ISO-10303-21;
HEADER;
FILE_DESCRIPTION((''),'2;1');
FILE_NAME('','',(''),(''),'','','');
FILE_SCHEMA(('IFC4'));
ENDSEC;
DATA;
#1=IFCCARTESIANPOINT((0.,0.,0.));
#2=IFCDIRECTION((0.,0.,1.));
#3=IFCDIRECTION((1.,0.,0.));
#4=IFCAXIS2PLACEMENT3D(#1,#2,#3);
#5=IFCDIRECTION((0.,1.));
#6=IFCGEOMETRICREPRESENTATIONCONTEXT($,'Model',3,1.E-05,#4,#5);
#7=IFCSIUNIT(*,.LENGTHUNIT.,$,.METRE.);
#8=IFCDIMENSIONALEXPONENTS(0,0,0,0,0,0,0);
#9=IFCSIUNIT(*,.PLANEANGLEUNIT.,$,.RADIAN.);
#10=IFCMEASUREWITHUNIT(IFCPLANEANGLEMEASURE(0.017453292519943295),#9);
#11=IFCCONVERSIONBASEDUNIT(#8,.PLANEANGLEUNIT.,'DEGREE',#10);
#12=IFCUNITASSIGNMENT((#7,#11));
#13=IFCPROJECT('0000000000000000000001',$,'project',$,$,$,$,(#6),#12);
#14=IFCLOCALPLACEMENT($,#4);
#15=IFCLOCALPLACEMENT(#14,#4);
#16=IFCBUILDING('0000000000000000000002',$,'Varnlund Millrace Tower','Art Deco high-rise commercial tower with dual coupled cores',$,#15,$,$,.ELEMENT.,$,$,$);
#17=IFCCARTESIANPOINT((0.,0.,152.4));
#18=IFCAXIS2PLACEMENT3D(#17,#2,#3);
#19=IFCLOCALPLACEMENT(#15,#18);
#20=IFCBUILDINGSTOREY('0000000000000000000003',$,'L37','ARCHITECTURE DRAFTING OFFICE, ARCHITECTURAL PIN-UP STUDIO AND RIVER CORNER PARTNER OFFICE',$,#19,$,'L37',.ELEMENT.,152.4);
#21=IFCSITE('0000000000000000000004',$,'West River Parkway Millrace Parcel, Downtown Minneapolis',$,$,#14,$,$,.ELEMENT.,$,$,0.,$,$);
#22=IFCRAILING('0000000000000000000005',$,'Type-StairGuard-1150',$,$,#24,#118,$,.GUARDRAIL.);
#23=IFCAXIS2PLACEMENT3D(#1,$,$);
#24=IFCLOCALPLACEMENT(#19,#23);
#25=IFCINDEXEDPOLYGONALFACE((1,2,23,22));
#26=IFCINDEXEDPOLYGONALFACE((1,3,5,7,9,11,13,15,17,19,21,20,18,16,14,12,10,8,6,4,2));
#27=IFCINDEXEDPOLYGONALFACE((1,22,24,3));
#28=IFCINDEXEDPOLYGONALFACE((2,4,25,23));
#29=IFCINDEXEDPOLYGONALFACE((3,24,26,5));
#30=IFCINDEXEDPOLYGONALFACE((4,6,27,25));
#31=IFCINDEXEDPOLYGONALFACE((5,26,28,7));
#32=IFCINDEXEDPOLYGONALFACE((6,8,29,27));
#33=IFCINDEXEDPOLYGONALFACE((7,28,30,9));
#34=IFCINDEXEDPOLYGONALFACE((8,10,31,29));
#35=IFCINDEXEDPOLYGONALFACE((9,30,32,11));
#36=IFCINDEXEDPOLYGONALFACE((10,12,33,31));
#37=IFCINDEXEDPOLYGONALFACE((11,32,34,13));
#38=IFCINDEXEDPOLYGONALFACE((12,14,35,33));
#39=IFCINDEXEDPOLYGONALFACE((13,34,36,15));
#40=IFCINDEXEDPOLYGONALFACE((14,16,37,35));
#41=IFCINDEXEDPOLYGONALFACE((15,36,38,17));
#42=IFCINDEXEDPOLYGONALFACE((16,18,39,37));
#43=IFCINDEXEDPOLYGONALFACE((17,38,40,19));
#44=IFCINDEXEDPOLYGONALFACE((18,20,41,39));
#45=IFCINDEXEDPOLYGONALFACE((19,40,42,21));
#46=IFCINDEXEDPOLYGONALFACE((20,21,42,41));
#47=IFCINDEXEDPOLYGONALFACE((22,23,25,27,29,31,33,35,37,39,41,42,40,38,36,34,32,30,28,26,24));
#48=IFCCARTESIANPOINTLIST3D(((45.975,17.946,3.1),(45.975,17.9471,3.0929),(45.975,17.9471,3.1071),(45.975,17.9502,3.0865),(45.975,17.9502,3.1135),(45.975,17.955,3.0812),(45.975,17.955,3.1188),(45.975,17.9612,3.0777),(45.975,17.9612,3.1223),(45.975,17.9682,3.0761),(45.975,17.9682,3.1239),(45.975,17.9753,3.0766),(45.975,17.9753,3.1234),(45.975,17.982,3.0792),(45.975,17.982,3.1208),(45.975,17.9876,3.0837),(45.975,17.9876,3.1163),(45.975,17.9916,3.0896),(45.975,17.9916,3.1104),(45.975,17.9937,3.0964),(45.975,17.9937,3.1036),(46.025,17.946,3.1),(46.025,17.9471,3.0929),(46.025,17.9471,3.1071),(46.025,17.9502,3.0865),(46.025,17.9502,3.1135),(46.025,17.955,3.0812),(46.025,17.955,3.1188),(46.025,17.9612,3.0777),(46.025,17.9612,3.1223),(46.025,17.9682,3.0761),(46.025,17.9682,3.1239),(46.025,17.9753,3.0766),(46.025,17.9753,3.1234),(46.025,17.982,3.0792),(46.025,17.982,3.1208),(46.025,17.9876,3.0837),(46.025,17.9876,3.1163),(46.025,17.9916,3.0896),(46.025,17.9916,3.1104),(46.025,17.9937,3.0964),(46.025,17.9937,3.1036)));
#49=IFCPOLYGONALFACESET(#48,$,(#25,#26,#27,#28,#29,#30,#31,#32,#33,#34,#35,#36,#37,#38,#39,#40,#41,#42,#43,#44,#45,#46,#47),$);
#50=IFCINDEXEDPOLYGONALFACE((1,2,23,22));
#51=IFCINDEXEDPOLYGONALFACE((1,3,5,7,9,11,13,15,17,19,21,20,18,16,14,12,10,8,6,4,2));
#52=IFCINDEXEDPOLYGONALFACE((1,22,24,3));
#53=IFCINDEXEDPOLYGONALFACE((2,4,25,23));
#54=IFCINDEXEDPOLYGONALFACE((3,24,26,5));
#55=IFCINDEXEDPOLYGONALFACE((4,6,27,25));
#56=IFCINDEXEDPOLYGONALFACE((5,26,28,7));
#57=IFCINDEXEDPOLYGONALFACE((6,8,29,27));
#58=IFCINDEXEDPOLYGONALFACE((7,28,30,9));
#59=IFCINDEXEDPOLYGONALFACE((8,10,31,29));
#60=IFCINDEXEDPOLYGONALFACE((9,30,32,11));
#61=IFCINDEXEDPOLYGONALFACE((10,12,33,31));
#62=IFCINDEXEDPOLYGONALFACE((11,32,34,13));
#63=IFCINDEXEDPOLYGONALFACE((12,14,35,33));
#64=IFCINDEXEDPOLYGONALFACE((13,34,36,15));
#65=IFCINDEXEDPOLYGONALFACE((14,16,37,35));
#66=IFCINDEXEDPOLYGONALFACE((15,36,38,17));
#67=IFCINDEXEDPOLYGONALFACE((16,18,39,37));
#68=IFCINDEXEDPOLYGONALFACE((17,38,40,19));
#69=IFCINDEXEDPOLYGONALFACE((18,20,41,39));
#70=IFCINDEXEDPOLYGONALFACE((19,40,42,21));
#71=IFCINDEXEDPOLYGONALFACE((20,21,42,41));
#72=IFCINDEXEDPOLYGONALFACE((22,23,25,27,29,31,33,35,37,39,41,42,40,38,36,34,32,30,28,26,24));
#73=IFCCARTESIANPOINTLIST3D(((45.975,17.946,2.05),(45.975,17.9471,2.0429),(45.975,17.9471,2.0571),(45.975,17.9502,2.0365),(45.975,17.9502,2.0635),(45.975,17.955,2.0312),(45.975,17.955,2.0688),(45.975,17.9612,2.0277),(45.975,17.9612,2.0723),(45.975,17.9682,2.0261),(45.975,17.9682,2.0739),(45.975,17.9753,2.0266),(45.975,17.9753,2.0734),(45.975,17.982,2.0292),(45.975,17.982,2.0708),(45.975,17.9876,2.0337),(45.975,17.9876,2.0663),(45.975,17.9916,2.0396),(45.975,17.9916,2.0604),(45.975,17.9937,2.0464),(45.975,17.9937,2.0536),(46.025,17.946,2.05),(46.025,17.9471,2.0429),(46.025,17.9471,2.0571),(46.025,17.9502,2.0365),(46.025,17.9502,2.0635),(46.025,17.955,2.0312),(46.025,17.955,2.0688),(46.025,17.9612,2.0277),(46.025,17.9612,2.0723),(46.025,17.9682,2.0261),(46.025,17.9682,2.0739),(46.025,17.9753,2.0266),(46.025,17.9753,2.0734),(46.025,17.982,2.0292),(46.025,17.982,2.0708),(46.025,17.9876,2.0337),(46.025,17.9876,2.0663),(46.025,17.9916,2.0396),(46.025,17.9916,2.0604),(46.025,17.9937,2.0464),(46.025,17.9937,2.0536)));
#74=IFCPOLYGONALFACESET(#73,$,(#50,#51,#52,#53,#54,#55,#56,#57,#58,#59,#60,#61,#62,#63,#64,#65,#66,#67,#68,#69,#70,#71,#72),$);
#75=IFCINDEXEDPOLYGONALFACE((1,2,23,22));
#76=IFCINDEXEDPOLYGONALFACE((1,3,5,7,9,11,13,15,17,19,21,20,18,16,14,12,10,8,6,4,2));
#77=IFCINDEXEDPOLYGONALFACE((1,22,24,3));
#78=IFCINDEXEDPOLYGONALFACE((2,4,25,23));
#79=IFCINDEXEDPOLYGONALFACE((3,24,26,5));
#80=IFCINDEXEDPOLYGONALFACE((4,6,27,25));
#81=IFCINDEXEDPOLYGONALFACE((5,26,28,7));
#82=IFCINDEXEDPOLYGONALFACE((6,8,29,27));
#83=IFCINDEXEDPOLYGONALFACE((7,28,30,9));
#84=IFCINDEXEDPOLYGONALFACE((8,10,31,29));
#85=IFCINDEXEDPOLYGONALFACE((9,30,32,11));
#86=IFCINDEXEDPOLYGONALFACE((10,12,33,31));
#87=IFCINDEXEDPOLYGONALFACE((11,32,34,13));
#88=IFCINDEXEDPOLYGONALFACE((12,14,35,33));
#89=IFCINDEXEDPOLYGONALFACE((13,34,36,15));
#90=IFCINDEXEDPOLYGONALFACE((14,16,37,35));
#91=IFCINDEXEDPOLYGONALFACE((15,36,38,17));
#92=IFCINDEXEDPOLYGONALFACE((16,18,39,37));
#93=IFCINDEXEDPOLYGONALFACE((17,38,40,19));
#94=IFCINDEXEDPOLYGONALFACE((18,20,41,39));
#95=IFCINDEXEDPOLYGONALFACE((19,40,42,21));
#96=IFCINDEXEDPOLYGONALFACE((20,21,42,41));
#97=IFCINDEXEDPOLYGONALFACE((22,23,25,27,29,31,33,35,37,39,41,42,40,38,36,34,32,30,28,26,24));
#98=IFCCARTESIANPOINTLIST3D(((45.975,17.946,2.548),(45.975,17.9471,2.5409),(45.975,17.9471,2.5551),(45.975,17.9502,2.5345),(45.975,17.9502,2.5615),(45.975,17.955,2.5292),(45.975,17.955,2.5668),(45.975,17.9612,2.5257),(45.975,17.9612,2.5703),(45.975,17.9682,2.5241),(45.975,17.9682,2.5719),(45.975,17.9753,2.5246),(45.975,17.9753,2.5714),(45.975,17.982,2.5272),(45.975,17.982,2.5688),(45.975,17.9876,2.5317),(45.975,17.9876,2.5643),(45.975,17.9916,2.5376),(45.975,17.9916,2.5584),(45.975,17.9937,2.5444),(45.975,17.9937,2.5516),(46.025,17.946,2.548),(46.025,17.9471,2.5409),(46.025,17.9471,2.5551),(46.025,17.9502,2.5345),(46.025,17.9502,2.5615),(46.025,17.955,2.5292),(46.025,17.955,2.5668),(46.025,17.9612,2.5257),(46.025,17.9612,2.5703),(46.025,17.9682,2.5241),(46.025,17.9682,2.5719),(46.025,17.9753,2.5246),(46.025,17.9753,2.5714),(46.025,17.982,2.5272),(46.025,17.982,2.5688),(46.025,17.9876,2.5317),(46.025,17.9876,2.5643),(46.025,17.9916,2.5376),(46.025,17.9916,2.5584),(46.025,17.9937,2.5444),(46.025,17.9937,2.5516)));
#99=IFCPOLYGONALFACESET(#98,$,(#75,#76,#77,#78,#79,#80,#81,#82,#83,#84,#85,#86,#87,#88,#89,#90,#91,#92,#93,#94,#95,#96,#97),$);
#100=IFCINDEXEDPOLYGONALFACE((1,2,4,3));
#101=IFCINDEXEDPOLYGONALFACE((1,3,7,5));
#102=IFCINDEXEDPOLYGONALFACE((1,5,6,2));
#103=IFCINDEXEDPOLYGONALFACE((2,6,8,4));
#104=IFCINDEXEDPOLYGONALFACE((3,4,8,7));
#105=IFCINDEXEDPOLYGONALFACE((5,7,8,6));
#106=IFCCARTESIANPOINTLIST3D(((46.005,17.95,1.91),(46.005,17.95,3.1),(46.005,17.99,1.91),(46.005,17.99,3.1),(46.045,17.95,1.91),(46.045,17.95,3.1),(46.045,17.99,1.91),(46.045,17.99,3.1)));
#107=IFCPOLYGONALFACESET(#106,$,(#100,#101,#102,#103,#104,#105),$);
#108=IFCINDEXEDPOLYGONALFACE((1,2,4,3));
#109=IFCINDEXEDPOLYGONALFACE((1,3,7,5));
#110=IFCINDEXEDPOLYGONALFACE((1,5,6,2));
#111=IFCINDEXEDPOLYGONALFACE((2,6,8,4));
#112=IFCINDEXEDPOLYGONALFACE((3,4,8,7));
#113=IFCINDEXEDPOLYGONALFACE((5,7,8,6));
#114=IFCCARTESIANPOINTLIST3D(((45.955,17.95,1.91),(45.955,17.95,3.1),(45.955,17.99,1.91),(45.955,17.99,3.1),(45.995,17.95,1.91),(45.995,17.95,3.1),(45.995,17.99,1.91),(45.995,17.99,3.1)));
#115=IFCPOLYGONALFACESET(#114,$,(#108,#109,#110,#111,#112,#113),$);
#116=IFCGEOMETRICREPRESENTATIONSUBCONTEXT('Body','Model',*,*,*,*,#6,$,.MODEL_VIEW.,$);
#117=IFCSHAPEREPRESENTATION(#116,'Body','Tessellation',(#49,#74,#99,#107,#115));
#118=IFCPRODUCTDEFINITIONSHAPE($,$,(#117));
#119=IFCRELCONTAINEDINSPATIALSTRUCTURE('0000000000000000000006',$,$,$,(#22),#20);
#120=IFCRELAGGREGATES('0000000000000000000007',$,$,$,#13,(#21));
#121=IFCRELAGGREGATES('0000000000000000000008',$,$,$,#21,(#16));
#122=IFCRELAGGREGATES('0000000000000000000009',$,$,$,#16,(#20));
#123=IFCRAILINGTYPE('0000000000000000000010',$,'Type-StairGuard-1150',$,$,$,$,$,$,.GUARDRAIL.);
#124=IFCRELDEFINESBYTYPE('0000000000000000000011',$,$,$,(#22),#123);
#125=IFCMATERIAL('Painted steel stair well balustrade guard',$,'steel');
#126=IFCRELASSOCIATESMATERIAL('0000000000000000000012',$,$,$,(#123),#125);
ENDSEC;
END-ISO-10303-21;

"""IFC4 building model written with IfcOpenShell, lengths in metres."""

from ifc_helpers import new_model, entity, si_unit, converted_unit, direction, frame, origin_with_axes, origin_2d_with_axis, place, context, subcontext, project, spatial, rectangle, circle, extrude, material, type_object, element, save


model = new_model("IFC4")

# Units and contexts
model_context = context("Model", 3, precision=1e-05, world=origin_with_axes(), true_north=direction((0.0, 1.0)))
body_context = subcontext(model_context, "Body", "Model", "MODEL_VIEW")
ifc_project = project(units=[si_unit("LENGTHUNIT", "METRE"), converted_unit("PLANEANGLEUNIT", "DEGREE", entity("IfcPlaneAngleMeasure", 0.017453292519943295), si_unit("PLANEANGLEUNIT", "RADIAN"), dimensions=[0, 0, 0, 0, 0, 0, 0])], contexts=[model_context])

# Site, building, storey
site_placement = place(None, origin_with_axes())
site = spatial("IfcSite", under=ifc_project, at=site_placement, Name="West River Parkway Millrace Parcel, Downtown Minneapolis", CompositionType="ELEMENT", RefElevation=0.0)
building_placement = place(site_placement, origin_with_axes())
building = spatial("IfcBuilding", under=site, at=building_placement, Name="Varnlund Millrace Tower", Description="Art Deco high-rise commercial tower with dual coupled cores", CompositionType="ELEMENT")
storey_placement = place(building_placement, frame((0.0, 0.0, 152.4), z_axis=(0.0, 0.0, 1.0), x_axis=(1.0, 0.0, 0.0)))
storey = spatial("IfcBuildingStorey", under=building, at=storey_placement, Name="L37", Description="ARCHITECTURE DRAFTING OFFICE, ARCHITECTURAL PIN-UP STUDIO AND RIVER CORNER PARTNER OFFICE", LongName="L37", CompositionType="ELEMENT", Elevation=152.4)

# Railing
ifc_material_1 = material(Name="Painted steel stair well balustrade guard", Category="steel")
railing_type_1 = type_object("IfcRailingType", Name="Type-StairGuard-1150", PredefinedType="GUARDRAIL", material=ifc_material_1)
railing_1_placement = place(storey_placement, frame((0.0, 0.0, -152.4), z_axis=(0.0, 0.0, 1.0), x_axis=(1.0, 0.0, 0.0)))
element("IfcRailing", 1, at=railing_1_placement, inside=storey, type_object=railing_type_1, Name="Type-StairGuard-1150", PredefinedType="GUARDRAIL", context=body_context, shape_type="SweptSolid", body=[
    extrude(circle(Radius=0.024, at=origin_2d_with_axis()), frame((46.025, 17.97, 155.5), z_axis=(-1.0, 0.0, 0.0), x_axis=(0.0, -1.0, 0.0)), (0.0, 0.0, 1.0), 0.05),
    extrude(circle(Radius=0.024, at=origin_2d_with_axis()), frame((46.025, 17.97, 154.45), z_axis=(-1.0, 0.0, 0.0), x_axis=(0.0, -1.0, 0.0)), (0.0, 0.0, 1.0), 0.05),
    extrude(circle(Radius=0.024, at=origin_2d_with_axis()), frame((46.025, 17.97, 154.948), z_axis=(-1.0, 0.0, 0.0), x_axis=(0.0, -1.0, 0.0)), (0.0, 0.0, 1.0), 0.05),
    extrude(rectangle(XDim=0.04, YDim=0.04, at=origin_2d_with_axis()), frame((46.025, 17.97, 154.31), z_axis=(0.0, 0.0, 1.0), x_axis=(1.0, 0.0, 0.0)), (0.0, 0.0, 1.0), 1.19),
    extrude(rectangle(XDim=0.04, YDim=0.04, at=origin_2d_with_axis()), frame((45.975, 17.97, 154.31), z_axis=(0.0, 0.0, 1.0), x_axis=(1.0, 0.0, 0.0)), (0.0, 0.0, 1.0), 1.19),
])

save(model, "model.ifc")
